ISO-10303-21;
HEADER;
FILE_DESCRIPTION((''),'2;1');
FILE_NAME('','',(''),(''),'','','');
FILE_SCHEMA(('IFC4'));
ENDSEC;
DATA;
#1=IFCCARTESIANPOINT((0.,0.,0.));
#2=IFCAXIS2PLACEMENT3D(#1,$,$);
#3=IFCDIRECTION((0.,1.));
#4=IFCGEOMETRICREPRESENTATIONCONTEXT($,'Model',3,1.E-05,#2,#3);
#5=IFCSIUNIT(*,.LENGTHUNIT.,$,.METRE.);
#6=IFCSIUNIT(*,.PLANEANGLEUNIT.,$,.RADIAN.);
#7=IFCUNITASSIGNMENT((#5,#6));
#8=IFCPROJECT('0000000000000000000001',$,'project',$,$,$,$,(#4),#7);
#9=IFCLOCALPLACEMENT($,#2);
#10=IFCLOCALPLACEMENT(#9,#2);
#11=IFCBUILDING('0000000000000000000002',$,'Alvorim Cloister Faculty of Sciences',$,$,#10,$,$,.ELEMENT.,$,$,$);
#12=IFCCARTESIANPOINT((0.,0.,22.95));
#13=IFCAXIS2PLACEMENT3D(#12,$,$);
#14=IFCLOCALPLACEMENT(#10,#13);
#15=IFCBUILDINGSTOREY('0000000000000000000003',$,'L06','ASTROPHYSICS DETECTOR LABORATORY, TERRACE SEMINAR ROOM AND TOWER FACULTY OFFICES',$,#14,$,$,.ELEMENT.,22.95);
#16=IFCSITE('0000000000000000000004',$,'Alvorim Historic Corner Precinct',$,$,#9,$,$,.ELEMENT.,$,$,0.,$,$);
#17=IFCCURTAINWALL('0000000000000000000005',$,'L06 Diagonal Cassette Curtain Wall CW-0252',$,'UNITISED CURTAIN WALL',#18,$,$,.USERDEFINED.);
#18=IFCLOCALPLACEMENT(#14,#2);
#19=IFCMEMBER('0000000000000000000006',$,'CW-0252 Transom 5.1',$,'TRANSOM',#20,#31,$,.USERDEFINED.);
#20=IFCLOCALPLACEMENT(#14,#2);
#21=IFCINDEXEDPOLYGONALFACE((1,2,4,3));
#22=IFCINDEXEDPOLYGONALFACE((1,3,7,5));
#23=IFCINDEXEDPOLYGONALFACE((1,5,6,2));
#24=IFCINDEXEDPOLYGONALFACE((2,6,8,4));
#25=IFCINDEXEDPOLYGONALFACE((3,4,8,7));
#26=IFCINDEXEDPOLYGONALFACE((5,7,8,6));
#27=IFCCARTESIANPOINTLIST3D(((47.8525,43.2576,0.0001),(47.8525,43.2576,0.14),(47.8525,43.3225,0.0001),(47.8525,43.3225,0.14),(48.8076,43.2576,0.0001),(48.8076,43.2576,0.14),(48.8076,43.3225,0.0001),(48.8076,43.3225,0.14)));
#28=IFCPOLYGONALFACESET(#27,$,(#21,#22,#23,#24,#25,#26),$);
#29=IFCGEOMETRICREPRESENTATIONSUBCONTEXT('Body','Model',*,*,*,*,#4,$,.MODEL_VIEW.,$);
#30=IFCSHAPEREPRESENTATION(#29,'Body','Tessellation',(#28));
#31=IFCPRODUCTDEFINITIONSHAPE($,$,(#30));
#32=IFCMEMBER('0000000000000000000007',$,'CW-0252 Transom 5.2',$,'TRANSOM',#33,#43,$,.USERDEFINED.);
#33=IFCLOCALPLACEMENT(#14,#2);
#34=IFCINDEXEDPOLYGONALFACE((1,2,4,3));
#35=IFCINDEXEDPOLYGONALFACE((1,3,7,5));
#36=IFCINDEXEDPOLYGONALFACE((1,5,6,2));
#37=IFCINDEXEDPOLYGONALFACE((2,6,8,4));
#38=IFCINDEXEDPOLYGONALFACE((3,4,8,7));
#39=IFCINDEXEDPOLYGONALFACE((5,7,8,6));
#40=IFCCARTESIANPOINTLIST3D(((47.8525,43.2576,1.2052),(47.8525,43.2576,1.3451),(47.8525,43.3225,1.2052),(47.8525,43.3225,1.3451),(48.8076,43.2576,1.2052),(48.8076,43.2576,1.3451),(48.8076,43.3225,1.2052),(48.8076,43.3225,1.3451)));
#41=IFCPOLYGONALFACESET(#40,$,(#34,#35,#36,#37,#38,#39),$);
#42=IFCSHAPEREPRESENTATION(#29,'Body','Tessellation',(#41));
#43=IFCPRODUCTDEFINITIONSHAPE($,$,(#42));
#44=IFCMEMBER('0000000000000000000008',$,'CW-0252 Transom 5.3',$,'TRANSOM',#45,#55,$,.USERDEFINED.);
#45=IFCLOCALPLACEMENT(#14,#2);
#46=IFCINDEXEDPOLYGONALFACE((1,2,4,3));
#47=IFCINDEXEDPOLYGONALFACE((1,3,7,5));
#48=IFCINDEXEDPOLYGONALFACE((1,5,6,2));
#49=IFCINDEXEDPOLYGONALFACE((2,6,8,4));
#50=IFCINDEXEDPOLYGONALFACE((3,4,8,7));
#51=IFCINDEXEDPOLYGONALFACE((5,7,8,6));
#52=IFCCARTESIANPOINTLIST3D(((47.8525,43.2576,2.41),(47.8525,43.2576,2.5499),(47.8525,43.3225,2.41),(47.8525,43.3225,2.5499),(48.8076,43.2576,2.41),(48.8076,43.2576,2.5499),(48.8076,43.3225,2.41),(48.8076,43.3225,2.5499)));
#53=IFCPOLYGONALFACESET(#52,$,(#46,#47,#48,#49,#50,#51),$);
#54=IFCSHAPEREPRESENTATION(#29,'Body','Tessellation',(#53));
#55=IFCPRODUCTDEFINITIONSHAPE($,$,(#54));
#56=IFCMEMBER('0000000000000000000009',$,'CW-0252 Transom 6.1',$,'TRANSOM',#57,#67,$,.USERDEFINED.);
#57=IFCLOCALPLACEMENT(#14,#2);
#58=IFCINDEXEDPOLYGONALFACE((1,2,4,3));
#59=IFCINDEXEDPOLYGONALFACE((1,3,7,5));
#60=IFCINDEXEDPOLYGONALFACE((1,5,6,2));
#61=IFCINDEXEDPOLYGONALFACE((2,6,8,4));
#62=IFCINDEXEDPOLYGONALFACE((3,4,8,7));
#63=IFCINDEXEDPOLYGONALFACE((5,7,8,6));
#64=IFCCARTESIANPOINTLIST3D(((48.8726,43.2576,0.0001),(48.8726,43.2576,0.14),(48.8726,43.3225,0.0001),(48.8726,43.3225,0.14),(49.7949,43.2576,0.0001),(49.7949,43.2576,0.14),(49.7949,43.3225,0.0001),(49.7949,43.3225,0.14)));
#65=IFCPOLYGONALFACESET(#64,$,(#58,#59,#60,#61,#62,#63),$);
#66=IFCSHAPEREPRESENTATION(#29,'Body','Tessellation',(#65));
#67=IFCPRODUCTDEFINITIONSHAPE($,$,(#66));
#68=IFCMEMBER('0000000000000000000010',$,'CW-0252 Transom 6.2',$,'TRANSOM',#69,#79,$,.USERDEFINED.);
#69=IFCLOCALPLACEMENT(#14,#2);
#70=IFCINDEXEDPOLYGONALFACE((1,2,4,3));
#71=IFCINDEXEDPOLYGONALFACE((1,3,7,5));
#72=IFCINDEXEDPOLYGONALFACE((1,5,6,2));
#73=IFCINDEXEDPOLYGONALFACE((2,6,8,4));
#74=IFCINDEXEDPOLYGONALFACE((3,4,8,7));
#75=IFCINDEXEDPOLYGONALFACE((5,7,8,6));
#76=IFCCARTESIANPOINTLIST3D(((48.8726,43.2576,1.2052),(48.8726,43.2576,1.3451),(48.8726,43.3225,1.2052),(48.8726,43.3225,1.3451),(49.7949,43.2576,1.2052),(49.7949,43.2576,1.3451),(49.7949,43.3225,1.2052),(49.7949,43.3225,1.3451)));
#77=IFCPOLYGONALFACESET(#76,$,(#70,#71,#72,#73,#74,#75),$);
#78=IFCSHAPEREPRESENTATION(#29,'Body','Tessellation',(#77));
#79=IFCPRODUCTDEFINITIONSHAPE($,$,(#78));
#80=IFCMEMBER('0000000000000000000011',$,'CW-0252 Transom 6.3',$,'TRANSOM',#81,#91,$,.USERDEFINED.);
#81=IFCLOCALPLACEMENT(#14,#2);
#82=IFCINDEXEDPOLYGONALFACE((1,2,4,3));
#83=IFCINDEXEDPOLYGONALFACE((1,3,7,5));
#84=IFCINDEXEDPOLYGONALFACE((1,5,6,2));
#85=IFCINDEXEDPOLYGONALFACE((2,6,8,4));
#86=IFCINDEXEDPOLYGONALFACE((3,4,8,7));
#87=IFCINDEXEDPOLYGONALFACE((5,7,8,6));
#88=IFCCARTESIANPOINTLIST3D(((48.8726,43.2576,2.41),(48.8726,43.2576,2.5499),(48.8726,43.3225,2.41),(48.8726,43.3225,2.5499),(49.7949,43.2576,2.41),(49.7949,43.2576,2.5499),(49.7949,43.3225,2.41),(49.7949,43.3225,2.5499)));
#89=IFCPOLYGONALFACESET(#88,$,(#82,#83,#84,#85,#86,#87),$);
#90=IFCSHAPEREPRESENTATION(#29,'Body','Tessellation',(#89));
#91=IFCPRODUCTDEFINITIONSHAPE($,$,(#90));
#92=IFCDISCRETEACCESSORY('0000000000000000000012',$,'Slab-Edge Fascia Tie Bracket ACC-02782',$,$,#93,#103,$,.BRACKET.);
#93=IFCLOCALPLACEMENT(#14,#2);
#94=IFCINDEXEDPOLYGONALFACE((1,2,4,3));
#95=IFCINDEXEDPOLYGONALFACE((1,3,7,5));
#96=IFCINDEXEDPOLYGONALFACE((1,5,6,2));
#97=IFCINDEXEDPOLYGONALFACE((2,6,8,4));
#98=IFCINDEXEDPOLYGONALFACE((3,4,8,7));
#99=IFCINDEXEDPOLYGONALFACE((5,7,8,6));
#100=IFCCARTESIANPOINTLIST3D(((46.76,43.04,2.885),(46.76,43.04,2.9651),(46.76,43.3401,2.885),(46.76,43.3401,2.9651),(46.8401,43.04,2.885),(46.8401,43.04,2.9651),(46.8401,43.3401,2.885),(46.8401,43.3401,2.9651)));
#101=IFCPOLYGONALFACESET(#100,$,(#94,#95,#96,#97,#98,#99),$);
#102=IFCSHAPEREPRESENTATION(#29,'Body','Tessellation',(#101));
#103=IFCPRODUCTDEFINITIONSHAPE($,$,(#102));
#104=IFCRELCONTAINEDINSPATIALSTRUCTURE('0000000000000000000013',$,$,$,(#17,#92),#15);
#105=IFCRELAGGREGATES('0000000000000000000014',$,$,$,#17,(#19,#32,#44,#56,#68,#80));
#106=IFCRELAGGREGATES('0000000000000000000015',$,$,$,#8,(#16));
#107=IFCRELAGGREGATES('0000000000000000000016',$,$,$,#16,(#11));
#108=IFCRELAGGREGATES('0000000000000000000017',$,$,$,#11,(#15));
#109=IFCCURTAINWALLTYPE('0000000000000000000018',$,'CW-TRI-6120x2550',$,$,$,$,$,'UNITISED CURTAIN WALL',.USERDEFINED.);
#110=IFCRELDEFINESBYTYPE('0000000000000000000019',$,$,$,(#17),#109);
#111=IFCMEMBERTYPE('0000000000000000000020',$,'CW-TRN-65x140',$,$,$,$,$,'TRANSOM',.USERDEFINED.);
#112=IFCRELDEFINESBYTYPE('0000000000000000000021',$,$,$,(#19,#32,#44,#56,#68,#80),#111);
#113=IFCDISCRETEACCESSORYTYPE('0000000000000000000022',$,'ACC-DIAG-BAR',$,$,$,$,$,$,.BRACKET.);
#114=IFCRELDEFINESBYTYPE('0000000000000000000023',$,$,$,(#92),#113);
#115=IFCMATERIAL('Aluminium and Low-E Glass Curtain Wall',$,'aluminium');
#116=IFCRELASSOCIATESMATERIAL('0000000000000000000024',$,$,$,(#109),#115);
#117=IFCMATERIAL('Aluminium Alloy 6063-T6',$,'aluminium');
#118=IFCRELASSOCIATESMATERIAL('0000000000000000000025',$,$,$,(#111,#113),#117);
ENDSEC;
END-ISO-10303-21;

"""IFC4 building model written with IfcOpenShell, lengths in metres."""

from ifc_helpers import new_model, si_unit, direction, frame, origin, origin_2d, place, context, subcontext, project, spatial, rectangle, extrude, material, material_profile, profile_set, type_object, element, aggregate, save


model = new_model("IFC4")

# Units and contexts
model_context = context("Model", 3, precision=1e-05, world=origin(), true_north=direction((0.0, 1.0)))
body_context = subcontext(model_context, "Body", "Model", "MODEL_VIEW")
ifc_project = project(units=[si_unit("LENGTHUNIT", "METRE"), si_unit("PLANEANGLEUNIT", "RADIAN")], contexts=[model_context])

# Site, building, storey
site_placement = place(None, origin())
site = spatial("IfcSite", under=ifc_project, at=site_placement, Name="Alvorim Historic Corner Precinct", CompositionType="ELEMENT", RefElevation=0.0)
building_placement = place(site_placement, origin())
building = spatial("IfcBuilding", under=site, at=building_placement, Name="Alvorim Cloister Faculty of Sciences", CompositionType="ELEMENT")
storey_placement = place(building_placement, frame((0.0, 0.0, 22.95)))
storey = spatial("IfcBuildingStorey", under=building, at=storey_placement, Name="L06", Description="ASTROPHYSICS DETECTOR LABORATORY, TERRACE SEMINAR ROOM AND TOWER FACULTY OFFICES", CompositionType="ELEMENT", Elevation=22.95)

# Curtain wall, members
ifc_material_1 = material(Name="Aluminium and Low-E Glass Curtain Wall", Category="aluminium")
curtain_wall_type = type_object("IfcCurtainWallType", Name="CW-TRI-6120x2550", ElementType="UNITISED CURTAIN WALL", PredefinedType="USERDEFINED", material=ifc_material_1)
curtain_wall_placement = place(storey_placement, origin())
curtain_wall = element("IfcCurtainWall", 1, at=curtain_wall_placement, inside=storey, type_object=curtain_wall_type, Name="L06 Diagonal Cassette Curtain Wall CW-0252", ObjectType="UNITISED CURTAIN WALL", PredefinedType="USERDEFINED")
ifc_material_2 = material(Name="Aluminium Alloy 6063-T6", Category="aluminium")
ifc_material_profile_1 = material_profile(ifc_material_2, rectangle(XDim=0.0649, YDim=0.1399, at=origin_2d()), Name="ALU-TRN-65x140")
ifc_profile_set_1 = profile_set([ifc_material_profile_1], Name="Aluminium Alloy 6063-T6")
member_type_1 = type_object("IfcMemberType", Name="CW-TRN-65x140", ElementType="TRANSOM", PredefinedType="USERDEFINED", material=ifc_profile_set_1)
member_1_placement = place(storey_placement, frame((47.8525, 43.29, 0.0701), z_axis=(1.0, 0.0, 0.0), x_axis=(0.0, 1.0, 0.0)))
member_1 = element("IfcMember", 2, at=member_1_placement, type_object=member_type_1, Name="CW-0252 Transom 5.1", ObjectType="TRANSOM", PredefinedType="USERDEFINED", context=body_context, shape_type="SweptSolid", body=[
    extrude(rectangle(XDim=0.0649, YDim=0.1399, at=origin_2d()), origin(), (0.0, 0.0, 1.0), 0.9551),
])
member_2_placement = place(storey_placement, frame((47.8525, 43.29, 1.2751), z_axis=(1.0, 0.0, 0.0), x_axis=(0.0, 1.0, 0.0)))
member_2 = element("IfcMember", 3, at=member_2_placement, type_object=member_type_1, Name="CW-0252 Transom 5.2", ObjectType="TRANSOM", PredefinedType="USERDEFINED", context=body_context, shape_type="SweptSolid", body=[
    extrude(rectangle(XDim=0.0649, YDim=0.1399, at=origin_2d()), origin(), (0.0, 0.0, 1.0), 0.9551),
])
member_3_placement = place(storey_placement, frame((47.8525, 43.29, 2.48), z_axis=(1.0, 0.0, 0.0), x_axis=(0.0, 1.0, 0.0)))
member_3 = element("IfcMember", 4, at=member_3_placement, type_object=member_type_1, Name="CW-0252 Transom 5.3", ObjectType="TRANSOM", PredefinedType="USERDEFINED", context=body_context, shape_type="SweptSolid", body=[
    extrude(rectangle(XDim=0.0649, YDim=0.1399, at=origin_2d()), origin(), (0.0, 0.0, 1.0), 0.9551),
])
member_4_placement = place(storey_placement, frame((48.8726, 43.29, 0.0701), z_axis=(1.0, 0.0, 0.0), x_axis=(0.0, 1.0, 0.0)))
member_4 = element("IfcMember", 5, at=member_4_placement, type_object=member_type_1, Name="CW-0252 Transom 6.1", ObjectType="TRANSOM", PredefinedType="USERDEFINED", context=body_context, shape_type="SweptSolid", body=[
    extrude(rectangle(XDim=0.0649, YDim=0.1399, at=origin_2d()), origin(), (0.0, 0.0, 1.0), 0.9224),
])
member_5_placement = place(storey_placement, frame((48.8726, 43.29, 1.2751), z_axis=(1.0, 0.0, 0.0), x_axis=(0.0, 1.0, 0.0)))
member_5 = element("IfcMember", 6, at=member_5_placement, type_object=member_type_1, Name="CW-0252 Transom 6.2", ObjectType="TRANSOM", PredefinedType="USERDEFINED", context=body_context, shape_type="SweptSolid", body=[
    extrude(rectangle(XDim=0.0649, YDim=0.1399, at=origin_2d()), origin(), (0.0, 0.0, 1.0), 0.9224),
])
member_6_placement = place(storey_placement, frame((48.8726, 43.29, 2.48), z_axis=(1.0, 0.0, 0.0), x_axis=(0.0, 1.0, 0.0)))
member_6 = element("IfcMember", 7, at=member_6_placement, type_object=member_type_1, Name="CW-0252 Transom 6.3", ObjectType="TRANSOM", PredefinedType="USERDEFINED", context=body_context, shape_type="SweptSolid", body=[
    extrude(rectangle(XDim=0.0649, YDim=0.1399, at=origin_2d()), origin(), (0.0, 0.0, 1.0), 0.9224),
])
aggregate(curtain_wall, [member_1, member_2, member_3, member_4, member_5, member_6])

# Discrete accessory
discrete_accessory_type = type_object("IfcDiscreteAccessoryType", Name="ACC-DIAG-BAR", PredefinedType="BRACKET", material=ifc_material_2)
discrete_accessory_placement = place(storey_placement, frame((46.8, 43.3401, 2.925), z_axis=(0.0, -1.0, 0.0), x_axis=(1.0, 0.0, 0.0)))
element("IfcDiscreteAccessory", 8, at=discrete_accessory_placement, inside=storey, type_object=discrete_accessory_type, Name="Slab-Edge Fascia Tie Bracket ACC-02782", PredefinedType="BRACKET", context=body_context, shape_type="SweptSolid", body=[
    extrude(rectangle(XDim=0.0801, YDim=0.0801, at=origin_2d()), origin(), (0.0, 0.0, 1.0), 0.3),
])

save(model, "model.ifc")
